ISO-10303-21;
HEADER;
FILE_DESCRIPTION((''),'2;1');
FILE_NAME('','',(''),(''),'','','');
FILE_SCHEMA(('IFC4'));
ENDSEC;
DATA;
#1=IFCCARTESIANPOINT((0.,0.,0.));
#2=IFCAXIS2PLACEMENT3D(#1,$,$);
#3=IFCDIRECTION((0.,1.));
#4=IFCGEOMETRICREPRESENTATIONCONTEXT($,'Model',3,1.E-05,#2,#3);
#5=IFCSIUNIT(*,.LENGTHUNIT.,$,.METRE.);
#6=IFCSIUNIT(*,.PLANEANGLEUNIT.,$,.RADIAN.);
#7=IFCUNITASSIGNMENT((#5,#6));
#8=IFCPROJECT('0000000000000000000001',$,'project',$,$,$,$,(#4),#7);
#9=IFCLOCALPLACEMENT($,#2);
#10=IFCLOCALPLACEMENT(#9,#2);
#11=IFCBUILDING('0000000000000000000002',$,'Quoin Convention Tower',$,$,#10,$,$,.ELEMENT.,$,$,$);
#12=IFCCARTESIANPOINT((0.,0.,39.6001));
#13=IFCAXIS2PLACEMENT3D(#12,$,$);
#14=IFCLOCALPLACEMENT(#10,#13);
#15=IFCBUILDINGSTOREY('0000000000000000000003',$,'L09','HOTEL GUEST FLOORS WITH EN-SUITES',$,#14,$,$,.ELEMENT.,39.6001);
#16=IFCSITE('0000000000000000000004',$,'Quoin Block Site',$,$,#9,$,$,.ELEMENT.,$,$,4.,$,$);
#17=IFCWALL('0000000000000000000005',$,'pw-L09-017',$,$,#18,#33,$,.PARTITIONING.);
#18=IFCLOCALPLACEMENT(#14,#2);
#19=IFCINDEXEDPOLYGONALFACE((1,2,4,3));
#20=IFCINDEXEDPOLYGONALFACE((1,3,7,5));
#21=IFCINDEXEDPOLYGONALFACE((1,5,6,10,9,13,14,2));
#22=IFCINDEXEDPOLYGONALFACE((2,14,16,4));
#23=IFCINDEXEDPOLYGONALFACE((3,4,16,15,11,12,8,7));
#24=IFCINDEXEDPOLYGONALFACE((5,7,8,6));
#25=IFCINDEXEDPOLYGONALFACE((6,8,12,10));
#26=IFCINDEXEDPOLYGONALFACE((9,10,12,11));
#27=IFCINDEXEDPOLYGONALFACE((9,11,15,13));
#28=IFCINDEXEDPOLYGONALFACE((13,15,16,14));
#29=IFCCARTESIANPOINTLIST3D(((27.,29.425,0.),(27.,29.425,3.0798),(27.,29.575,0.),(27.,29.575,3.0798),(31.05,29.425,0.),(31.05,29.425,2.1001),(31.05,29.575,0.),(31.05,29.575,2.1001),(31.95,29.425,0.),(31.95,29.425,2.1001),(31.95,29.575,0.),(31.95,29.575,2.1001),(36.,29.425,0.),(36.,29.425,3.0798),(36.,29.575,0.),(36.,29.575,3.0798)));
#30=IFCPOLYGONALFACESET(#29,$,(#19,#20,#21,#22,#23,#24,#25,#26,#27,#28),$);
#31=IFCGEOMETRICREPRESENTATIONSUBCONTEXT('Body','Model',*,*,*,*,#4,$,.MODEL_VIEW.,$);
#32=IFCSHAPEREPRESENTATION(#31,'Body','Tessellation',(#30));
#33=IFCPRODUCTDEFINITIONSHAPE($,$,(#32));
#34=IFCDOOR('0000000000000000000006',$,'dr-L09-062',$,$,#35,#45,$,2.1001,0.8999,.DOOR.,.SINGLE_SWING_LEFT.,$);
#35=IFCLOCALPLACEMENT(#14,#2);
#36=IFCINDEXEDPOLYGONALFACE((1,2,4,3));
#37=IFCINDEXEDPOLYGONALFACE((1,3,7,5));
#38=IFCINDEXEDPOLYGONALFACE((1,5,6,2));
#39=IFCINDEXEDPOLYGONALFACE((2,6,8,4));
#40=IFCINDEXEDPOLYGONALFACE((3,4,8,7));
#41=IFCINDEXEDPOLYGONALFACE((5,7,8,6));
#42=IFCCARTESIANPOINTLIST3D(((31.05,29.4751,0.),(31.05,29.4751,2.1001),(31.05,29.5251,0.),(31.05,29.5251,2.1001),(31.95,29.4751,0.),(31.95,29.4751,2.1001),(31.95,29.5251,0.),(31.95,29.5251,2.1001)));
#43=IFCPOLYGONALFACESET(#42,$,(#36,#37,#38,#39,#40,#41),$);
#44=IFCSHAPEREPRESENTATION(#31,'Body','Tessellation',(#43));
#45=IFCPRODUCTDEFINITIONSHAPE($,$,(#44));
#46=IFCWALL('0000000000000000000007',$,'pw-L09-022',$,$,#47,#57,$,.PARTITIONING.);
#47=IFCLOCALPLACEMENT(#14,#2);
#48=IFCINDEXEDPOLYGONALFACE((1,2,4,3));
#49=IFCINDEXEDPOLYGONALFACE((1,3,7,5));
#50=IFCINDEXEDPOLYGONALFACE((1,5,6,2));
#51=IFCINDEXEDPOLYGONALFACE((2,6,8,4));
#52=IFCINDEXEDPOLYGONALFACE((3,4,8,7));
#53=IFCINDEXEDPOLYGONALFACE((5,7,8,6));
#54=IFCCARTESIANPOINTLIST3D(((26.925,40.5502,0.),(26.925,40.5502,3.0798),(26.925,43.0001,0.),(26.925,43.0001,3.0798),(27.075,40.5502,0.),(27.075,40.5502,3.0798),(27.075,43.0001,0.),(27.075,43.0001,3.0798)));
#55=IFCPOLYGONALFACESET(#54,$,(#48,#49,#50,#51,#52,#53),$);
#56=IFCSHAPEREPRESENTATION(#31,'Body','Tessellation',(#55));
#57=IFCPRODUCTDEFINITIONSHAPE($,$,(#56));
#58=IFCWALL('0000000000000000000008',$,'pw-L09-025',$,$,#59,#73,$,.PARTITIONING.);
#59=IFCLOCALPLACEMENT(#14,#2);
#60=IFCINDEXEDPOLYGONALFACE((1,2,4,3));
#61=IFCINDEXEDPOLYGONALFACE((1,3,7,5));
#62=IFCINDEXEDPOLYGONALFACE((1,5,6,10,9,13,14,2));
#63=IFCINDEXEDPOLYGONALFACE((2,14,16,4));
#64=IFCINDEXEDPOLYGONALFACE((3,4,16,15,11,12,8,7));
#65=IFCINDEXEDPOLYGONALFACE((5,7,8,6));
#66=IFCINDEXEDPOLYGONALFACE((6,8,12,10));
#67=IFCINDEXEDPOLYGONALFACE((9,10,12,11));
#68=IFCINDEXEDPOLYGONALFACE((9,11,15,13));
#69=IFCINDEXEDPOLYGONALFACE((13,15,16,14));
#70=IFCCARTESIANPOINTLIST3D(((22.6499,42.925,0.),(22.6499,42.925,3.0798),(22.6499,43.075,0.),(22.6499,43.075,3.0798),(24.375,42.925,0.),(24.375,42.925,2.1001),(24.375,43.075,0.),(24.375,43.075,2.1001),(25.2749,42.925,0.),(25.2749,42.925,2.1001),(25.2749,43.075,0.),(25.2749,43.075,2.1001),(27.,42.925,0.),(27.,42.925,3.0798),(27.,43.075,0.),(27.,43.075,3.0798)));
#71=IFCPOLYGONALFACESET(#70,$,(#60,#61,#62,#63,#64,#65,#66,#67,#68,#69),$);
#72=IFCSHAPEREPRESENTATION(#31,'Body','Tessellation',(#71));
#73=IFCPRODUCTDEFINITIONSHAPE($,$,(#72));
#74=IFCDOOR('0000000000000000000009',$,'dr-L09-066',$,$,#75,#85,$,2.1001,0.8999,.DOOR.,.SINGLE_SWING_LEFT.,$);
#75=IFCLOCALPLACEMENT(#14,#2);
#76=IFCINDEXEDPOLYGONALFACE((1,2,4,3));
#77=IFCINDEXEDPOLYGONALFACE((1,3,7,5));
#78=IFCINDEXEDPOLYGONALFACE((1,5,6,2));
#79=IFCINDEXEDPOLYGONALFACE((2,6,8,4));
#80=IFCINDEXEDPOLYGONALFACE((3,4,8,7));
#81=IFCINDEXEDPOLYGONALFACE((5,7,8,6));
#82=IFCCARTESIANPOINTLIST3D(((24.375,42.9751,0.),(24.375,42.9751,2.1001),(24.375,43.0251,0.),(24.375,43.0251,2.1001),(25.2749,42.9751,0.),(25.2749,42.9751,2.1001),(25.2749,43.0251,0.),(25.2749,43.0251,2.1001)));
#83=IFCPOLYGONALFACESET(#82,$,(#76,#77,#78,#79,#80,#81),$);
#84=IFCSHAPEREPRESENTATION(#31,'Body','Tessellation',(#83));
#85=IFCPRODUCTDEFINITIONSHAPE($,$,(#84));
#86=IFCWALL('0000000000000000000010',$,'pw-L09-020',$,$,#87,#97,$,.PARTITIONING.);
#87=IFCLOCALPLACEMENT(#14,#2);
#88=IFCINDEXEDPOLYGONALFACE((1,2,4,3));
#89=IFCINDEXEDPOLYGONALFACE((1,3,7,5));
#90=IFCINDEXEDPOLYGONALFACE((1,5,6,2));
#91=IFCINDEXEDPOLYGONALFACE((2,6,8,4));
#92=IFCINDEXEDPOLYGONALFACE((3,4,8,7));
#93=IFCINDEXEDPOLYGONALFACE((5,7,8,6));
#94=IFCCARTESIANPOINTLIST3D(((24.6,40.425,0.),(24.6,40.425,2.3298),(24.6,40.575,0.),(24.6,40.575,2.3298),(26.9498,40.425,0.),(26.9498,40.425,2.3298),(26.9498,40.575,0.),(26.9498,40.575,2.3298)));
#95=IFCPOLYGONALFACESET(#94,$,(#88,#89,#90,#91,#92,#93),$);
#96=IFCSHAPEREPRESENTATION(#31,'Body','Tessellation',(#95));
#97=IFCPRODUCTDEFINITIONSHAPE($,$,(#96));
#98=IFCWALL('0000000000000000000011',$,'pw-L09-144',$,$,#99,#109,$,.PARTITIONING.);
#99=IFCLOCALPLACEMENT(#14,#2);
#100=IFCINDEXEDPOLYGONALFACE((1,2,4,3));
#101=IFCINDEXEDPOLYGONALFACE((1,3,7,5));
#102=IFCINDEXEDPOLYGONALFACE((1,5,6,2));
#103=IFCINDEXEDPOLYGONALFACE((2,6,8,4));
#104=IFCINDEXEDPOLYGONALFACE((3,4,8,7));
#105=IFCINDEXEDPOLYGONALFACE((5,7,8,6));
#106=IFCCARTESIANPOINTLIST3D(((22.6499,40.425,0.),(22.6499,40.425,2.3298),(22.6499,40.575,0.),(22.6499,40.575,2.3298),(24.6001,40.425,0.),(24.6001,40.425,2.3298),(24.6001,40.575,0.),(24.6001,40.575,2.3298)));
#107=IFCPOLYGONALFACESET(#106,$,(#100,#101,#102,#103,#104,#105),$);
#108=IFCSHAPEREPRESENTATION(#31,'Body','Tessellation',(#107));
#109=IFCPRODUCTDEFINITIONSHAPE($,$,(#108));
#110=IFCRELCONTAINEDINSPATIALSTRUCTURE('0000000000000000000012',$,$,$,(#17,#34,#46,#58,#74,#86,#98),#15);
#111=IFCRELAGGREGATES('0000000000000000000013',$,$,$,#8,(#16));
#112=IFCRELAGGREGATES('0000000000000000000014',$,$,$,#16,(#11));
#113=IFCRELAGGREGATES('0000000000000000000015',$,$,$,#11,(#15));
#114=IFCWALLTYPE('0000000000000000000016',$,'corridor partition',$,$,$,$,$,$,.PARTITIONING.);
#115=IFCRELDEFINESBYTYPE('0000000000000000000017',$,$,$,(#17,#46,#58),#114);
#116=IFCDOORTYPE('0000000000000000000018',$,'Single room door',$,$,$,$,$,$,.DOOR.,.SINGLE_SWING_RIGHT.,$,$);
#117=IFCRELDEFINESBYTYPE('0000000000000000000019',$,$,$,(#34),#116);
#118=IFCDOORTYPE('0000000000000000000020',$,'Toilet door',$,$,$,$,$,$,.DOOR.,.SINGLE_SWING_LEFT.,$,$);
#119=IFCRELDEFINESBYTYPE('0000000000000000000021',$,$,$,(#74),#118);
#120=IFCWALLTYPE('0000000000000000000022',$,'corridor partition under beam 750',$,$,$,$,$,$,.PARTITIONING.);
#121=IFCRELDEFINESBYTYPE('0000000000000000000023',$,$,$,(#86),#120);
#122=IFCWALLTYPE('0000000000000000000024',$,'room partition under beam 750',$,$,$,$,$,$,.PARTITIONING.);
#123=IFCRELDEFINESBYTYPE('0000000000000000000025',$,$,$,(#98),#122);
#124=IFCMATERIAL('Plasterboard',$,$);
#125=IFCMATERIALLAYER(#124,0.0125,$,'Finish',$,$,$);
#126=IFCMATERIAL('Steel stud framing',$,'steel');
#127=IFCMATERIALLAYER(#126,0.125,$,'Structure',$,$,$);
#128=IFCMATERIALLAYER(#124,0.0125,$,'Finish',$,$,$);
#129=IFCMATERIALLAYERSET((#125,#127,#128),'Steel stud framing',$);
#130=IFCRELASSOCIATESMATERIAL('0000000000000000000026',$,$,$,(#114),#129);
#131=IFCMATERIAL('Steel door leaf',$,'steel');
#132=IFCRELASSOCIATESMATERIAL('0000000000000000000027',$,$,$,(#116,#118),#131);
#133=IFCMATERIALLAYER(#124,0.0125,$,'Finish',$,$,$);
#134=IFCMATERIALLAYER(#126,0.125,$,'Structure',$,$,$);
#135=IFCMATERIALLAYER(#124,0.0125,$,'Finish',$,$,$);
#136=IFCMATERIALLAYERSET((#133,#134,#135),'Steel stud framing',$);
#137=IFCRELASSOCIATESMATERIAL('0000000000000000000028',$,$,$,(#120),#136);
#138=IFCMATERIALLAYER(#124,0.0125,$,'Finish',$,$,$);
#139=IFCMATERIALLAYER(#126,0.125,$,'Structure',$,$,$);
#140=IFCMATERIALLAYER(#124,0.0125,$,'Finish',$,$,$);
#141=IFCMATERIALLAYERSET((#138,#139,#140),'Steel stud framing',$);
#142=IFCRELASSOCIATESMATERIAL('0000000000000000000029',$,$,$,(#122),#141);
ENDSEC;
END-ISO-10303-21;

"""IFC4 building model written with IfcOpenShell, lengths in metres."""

from ifc_helpers import new_model, si_unit, direction, frame, frame_2d, origin, place, context, subcontext, project, spatial, rectangle, extrude, material, layer, layer_set, type_object, element, fill, save


model = new_model("IFC4")

# Units and contexts
model_context = context("Model", 3, precision=1e-05, world=origin(), true_north=direction((0.0, 1.0)))
body_context = subcontext(model_context, "Body", "Model", "MODEL_VIEW")
ifc_project = project(units=[si_unit("LENGTHUNIT", "METRE"), si_unit("PLANEANGLEUNIT", "RADIAN")], contexts=[model_context])

# Site, building, storey
site_placement = place(None, origin())
site = spatial("IfcSite", under=ifc_project, at=site_placement, Name="Quoin Block Site", CompositionType="ELEMENT", RefElevation=4.0)
building_placement = place(site_placement, origin())
building = spatial("IfcBuilding", under=site, at=building_placement, Name="Quoin Convention Tower", CompositionType="ELEMENT")
storey_placement = place(building_placement, frame((0.0, 0.0, 39.6001)))
storey = spatial("IfcBuildingStorey", under=building, at=storey_placement, Name="L09", Description="HOTEL GUEST FLOORS WITH EN-SUITES", CompositionType="ELEMENT", Elevation=39.6001)

# Shared definitions
ifc_material_1 = material(Name="Steel door leaf", Category="steel")

# Wall, opening, door
ifc_material_2 = material(Name="Plasterboard")
ifc_layer_1 = layer(ifc_material_2, 0.0125, Name="Finish")
ifc_material_3 = material(Name="Steel stud framing", Category="steel")
ifc_layer_2 = layer(ifc_material_3, 0.125, Name="Structure")
ifc_layer_3 = layer(ifc_material_2, 0.0125, Name="Finish")
ifc_layer_set_1 = layer_set([ifc_layer_1, ifc_layer_2, ifc_layer_3], Name="Steel stud framing")
wall_type_1 = type_object("IfcWallType", Name="corridor partition", PredefinedType="PARTITIONING", material=ifc_layer_set_1)
wall_1_placement = place(storey_placement, frame((27.0, 29.5, 0.0), z_axis=(0.0, 0.0, 1.0), x_axis=(1.0, 0.0, 0.0)))
wall_1 = element("IfcWall", 1, at=wall_1_placement, inside=storey, type_object=wall_type_1, Name="pw-L09-017", PredefinedType="PARTITIONING", context=body_context, shape_type="SweptSolid", body=[
    extrude(rectangle(XDim=9.0, YDim=0.1499, at=frame_2d((4.5, 0.0))), origin(), (0.0, 0.0, 1.0), 3.0798),
])
opening_1_placement = place(wall_1_placement, frame((4.05, 0.0, 0.0)))
opening_1 = element("IfcOpeningElement", 2, at=opening_1_placement, cuts=wall_1, PredefinedType="OPENING", context=body_context, shape_type="SweptSolid", body=[
    extrude(rectangle(XDim=0.8999, YDim=2.1001, at=frame_2d((0.45, 1.05))), frame((0.0, 0.085, 0.0), z_axis=(0.0, -1.0, 0.0), x_axis=(1.0, 0.0, 0.0)), (0.0, 0.0, 1.0), 0.1699),
])
door_type_1 = type_object("IfcDoorType", Name="Single room door", OperationType="SINGLE_SWING_RIGHT", PredefinedType="DOOR", material=ifc_material_1)
door_1_placement = place(opening_1_placement, frame((0.8999, 0.0, 0.0), z_axis=(0.0, 0.0, 1.0), x_axis=(-1.0, 0.0, 0.0)))
door_1 = element("IfcDoor", 3, at=door_1_placement, inside=storey, type_object=door_type_1, Name="dr-L09-062", OperationType="SINGLE_SWING_LEFT", OverallHeight=2.1001, OverallWidth=0.8999, PredefinedType="DOOR", context=body_context, shape_type="SweptSolid", body=[
    extrude(rectangle(XDim=0.8999, YDim=2.1001, at=frame_2d((0.45, 1.05))), frame((0.0, 0.0249, 0.0), z_axis=(0.0, -1.0, 0.0), x_axis=(1.0, 0.0, 0.0)), (0.0, 0.0, 1.0), 0.05),
])
fill(opening_1, door_1)

# Wall
wall_2_placement = place(storey_placement, frame((27.0, 40.55, 0.0), z_axis=(0.0, 0.0, 1.0), x_axis=(0.0, 1.0, 0.0)))
element("IfcWall", 4, at=wall_2_placement, inside=storey, type_object=wall_type_1, Name="pw-L09-022", PredefinedType="PARTITIONING", context=body_context, shape_type="SweptSolid", body=[
    extrude(rectangle(XDim=2.45, YDim=0.1499, at=frame_2d((1.2251, 0.0))), origin(), (0.0, 0.0, 1.0), 3.0798),
])

# Wall, opening, door
wall_3_placement = place(storey_placement, frame((22.6499, 43.0, 0.0), z_axis=(0.0, 0.0, 1.0), x_axis=(1.0, 0.0, 0.0)))
wall_3 = element("IfcWall", 5, at=wall_3_placement, inside=storey, type_object=wall_type_1, Name="pw-L09-025", PredefinedType="PARTITIONING", context=body_context, shape_type="SweptSolid", body=[
    extrude(rectangle(XDim=4.3501, YDim=0.1499, at=frame_2d((2.175, 0.0))), origin(), (0.0, 0.0, 1.0), 3.0798),
])
opening_2_placement = place(wall_3_placement, frame((1.7251, 0.0, 0.0)))
opening_2 = element("IfcOpeningElement", 6, at=opening_2_placement, cuts=wall_3, PredefinedType="OPENING", context=body_context, shape_type="SweptSolid", body=[
    extrude(rectangle(XDim=0.8999, YDim=2.1001, at=frame_2d((0.45, 1.05))), frame((0.0, 0.085, 0.0), z_axis=(0.0, -1.0, 0.0), x_axis=(1.0, 0.0, 0.0)), (0.0, 0.0, 1.0), 0.1699),
])
door_type_2 = type_object("IfcDoorType", Name="Toilet door", OperationType="SINGLE_SWING_LEFT", PredefinedType="DOOR", material=ifc_material_1)
door_2_placement = place(opening_2_placement, frame((0.8999, 0.0, 0.0), z_axis=(0.0, 0.0, 1.0), x_axis=(-1.0, 0.0, 0.0)))
door_2 = element("IfcDoor", 7, at=door_2_placement, inside=storey, type_object=door_type_2, Name="dr-L09-066", OperationType="SINGLE_SWING_LEFT", OverallHeight=2.1001, OverallWidth=0.8999, PredefinedType="DOOR", context=body_context, shape_type="SweptSolid", body=[
    extrude(rectangle(XDim=0.8999, YDim=2.1001, at=frame_2d((0.45, 1.05))), frame((0.0, 0.0249, 0.0), z_axis=(0.0, -1.0, 0.0), x_axis=(1.0, 0.0, 0.0)), (0.0, 0.0, 1.0), 0.05),
])
fill(opening_2, door_2)

# Walls
ifc_layer_4 = layer(ifc_material_2, 0.0125, Name="Finish")
ifc_layer_5 = layer(ifc_material_3, 0.125, Name="Structure")
ifc_layer_6 = layer(ifc_material_2, 0.0125, Name="Finish")
ifc_layer_set_2 = layer_set([ifc_layer_4, ifc_layer_5, ifc_layer_6], Name="Steel stud framing")
wall_type_2 = type_object("IfcWallType", Name="corridor partition under beam 750", PredefinedType="PARTITIONING", material=ifc_layer_set_2)
wall_4_placement = place(storey_placement, frame((24.6001, 40.5, 0.0), z_axis=(0.0, 0.0, 1.0), x_axis=(1.0, 0.0, 0.0)))
element("IfcWall", 8, at=wall_4_placement, inside=storey, type_object=wall_type_2, Name="pw-L09-020", PredefinedType="PARTITIONING", context=body_context, shape_type="SweptSolid", body=[
    extrude(rectangle(XDim=2.3499, YDim=0.1499, at=frame_2d((1.1748, 0.0))), origin(), (0.0, 0.0, 1.0), 2.3298),
])
ifc_layer_7 = layer(ifc_material_2, 0.0125, Name="Finish")
ifc_layer_8 = layer(ifc_material_3, 0.125, Name="Structure")
ifc_layer_9 = layer(ifc_material_2, 0.0125, Name="Finish")
ifc_layer_set_3 = layer_set([ifc_layer_7, ifc_layer_8, ifc_layer_9], Name="Steel stud framing")
wall_type_3 = type_object("IfcWallType", Name="room partition under beam 750", PredefinedType="PARTITIONING", material=ifc_layer_set_3)
wall_5_placement = place(storey_placement, frame((22.6499, 40.5, 0.0), z_axis=(0.0, 0.0, 1.0), x_axis=(1.0, 0.0, 0.0)))
element("IfcWall", 9, at=wall_5_placement, inside=storey, type_object=wall_type_3, Name="pw-L09-144", PredefinedType="PARTITIONING", context=body_context, shape_type="SweptSolid", body=[
    extrude(rectangle(XDim=1.9502, YDim=0.1499, at=frame_2d((0.9751, 0.0))), origin(), (0.0, 0.0, 1.0), 2.3298),
])

save(model, "model.ifc")
